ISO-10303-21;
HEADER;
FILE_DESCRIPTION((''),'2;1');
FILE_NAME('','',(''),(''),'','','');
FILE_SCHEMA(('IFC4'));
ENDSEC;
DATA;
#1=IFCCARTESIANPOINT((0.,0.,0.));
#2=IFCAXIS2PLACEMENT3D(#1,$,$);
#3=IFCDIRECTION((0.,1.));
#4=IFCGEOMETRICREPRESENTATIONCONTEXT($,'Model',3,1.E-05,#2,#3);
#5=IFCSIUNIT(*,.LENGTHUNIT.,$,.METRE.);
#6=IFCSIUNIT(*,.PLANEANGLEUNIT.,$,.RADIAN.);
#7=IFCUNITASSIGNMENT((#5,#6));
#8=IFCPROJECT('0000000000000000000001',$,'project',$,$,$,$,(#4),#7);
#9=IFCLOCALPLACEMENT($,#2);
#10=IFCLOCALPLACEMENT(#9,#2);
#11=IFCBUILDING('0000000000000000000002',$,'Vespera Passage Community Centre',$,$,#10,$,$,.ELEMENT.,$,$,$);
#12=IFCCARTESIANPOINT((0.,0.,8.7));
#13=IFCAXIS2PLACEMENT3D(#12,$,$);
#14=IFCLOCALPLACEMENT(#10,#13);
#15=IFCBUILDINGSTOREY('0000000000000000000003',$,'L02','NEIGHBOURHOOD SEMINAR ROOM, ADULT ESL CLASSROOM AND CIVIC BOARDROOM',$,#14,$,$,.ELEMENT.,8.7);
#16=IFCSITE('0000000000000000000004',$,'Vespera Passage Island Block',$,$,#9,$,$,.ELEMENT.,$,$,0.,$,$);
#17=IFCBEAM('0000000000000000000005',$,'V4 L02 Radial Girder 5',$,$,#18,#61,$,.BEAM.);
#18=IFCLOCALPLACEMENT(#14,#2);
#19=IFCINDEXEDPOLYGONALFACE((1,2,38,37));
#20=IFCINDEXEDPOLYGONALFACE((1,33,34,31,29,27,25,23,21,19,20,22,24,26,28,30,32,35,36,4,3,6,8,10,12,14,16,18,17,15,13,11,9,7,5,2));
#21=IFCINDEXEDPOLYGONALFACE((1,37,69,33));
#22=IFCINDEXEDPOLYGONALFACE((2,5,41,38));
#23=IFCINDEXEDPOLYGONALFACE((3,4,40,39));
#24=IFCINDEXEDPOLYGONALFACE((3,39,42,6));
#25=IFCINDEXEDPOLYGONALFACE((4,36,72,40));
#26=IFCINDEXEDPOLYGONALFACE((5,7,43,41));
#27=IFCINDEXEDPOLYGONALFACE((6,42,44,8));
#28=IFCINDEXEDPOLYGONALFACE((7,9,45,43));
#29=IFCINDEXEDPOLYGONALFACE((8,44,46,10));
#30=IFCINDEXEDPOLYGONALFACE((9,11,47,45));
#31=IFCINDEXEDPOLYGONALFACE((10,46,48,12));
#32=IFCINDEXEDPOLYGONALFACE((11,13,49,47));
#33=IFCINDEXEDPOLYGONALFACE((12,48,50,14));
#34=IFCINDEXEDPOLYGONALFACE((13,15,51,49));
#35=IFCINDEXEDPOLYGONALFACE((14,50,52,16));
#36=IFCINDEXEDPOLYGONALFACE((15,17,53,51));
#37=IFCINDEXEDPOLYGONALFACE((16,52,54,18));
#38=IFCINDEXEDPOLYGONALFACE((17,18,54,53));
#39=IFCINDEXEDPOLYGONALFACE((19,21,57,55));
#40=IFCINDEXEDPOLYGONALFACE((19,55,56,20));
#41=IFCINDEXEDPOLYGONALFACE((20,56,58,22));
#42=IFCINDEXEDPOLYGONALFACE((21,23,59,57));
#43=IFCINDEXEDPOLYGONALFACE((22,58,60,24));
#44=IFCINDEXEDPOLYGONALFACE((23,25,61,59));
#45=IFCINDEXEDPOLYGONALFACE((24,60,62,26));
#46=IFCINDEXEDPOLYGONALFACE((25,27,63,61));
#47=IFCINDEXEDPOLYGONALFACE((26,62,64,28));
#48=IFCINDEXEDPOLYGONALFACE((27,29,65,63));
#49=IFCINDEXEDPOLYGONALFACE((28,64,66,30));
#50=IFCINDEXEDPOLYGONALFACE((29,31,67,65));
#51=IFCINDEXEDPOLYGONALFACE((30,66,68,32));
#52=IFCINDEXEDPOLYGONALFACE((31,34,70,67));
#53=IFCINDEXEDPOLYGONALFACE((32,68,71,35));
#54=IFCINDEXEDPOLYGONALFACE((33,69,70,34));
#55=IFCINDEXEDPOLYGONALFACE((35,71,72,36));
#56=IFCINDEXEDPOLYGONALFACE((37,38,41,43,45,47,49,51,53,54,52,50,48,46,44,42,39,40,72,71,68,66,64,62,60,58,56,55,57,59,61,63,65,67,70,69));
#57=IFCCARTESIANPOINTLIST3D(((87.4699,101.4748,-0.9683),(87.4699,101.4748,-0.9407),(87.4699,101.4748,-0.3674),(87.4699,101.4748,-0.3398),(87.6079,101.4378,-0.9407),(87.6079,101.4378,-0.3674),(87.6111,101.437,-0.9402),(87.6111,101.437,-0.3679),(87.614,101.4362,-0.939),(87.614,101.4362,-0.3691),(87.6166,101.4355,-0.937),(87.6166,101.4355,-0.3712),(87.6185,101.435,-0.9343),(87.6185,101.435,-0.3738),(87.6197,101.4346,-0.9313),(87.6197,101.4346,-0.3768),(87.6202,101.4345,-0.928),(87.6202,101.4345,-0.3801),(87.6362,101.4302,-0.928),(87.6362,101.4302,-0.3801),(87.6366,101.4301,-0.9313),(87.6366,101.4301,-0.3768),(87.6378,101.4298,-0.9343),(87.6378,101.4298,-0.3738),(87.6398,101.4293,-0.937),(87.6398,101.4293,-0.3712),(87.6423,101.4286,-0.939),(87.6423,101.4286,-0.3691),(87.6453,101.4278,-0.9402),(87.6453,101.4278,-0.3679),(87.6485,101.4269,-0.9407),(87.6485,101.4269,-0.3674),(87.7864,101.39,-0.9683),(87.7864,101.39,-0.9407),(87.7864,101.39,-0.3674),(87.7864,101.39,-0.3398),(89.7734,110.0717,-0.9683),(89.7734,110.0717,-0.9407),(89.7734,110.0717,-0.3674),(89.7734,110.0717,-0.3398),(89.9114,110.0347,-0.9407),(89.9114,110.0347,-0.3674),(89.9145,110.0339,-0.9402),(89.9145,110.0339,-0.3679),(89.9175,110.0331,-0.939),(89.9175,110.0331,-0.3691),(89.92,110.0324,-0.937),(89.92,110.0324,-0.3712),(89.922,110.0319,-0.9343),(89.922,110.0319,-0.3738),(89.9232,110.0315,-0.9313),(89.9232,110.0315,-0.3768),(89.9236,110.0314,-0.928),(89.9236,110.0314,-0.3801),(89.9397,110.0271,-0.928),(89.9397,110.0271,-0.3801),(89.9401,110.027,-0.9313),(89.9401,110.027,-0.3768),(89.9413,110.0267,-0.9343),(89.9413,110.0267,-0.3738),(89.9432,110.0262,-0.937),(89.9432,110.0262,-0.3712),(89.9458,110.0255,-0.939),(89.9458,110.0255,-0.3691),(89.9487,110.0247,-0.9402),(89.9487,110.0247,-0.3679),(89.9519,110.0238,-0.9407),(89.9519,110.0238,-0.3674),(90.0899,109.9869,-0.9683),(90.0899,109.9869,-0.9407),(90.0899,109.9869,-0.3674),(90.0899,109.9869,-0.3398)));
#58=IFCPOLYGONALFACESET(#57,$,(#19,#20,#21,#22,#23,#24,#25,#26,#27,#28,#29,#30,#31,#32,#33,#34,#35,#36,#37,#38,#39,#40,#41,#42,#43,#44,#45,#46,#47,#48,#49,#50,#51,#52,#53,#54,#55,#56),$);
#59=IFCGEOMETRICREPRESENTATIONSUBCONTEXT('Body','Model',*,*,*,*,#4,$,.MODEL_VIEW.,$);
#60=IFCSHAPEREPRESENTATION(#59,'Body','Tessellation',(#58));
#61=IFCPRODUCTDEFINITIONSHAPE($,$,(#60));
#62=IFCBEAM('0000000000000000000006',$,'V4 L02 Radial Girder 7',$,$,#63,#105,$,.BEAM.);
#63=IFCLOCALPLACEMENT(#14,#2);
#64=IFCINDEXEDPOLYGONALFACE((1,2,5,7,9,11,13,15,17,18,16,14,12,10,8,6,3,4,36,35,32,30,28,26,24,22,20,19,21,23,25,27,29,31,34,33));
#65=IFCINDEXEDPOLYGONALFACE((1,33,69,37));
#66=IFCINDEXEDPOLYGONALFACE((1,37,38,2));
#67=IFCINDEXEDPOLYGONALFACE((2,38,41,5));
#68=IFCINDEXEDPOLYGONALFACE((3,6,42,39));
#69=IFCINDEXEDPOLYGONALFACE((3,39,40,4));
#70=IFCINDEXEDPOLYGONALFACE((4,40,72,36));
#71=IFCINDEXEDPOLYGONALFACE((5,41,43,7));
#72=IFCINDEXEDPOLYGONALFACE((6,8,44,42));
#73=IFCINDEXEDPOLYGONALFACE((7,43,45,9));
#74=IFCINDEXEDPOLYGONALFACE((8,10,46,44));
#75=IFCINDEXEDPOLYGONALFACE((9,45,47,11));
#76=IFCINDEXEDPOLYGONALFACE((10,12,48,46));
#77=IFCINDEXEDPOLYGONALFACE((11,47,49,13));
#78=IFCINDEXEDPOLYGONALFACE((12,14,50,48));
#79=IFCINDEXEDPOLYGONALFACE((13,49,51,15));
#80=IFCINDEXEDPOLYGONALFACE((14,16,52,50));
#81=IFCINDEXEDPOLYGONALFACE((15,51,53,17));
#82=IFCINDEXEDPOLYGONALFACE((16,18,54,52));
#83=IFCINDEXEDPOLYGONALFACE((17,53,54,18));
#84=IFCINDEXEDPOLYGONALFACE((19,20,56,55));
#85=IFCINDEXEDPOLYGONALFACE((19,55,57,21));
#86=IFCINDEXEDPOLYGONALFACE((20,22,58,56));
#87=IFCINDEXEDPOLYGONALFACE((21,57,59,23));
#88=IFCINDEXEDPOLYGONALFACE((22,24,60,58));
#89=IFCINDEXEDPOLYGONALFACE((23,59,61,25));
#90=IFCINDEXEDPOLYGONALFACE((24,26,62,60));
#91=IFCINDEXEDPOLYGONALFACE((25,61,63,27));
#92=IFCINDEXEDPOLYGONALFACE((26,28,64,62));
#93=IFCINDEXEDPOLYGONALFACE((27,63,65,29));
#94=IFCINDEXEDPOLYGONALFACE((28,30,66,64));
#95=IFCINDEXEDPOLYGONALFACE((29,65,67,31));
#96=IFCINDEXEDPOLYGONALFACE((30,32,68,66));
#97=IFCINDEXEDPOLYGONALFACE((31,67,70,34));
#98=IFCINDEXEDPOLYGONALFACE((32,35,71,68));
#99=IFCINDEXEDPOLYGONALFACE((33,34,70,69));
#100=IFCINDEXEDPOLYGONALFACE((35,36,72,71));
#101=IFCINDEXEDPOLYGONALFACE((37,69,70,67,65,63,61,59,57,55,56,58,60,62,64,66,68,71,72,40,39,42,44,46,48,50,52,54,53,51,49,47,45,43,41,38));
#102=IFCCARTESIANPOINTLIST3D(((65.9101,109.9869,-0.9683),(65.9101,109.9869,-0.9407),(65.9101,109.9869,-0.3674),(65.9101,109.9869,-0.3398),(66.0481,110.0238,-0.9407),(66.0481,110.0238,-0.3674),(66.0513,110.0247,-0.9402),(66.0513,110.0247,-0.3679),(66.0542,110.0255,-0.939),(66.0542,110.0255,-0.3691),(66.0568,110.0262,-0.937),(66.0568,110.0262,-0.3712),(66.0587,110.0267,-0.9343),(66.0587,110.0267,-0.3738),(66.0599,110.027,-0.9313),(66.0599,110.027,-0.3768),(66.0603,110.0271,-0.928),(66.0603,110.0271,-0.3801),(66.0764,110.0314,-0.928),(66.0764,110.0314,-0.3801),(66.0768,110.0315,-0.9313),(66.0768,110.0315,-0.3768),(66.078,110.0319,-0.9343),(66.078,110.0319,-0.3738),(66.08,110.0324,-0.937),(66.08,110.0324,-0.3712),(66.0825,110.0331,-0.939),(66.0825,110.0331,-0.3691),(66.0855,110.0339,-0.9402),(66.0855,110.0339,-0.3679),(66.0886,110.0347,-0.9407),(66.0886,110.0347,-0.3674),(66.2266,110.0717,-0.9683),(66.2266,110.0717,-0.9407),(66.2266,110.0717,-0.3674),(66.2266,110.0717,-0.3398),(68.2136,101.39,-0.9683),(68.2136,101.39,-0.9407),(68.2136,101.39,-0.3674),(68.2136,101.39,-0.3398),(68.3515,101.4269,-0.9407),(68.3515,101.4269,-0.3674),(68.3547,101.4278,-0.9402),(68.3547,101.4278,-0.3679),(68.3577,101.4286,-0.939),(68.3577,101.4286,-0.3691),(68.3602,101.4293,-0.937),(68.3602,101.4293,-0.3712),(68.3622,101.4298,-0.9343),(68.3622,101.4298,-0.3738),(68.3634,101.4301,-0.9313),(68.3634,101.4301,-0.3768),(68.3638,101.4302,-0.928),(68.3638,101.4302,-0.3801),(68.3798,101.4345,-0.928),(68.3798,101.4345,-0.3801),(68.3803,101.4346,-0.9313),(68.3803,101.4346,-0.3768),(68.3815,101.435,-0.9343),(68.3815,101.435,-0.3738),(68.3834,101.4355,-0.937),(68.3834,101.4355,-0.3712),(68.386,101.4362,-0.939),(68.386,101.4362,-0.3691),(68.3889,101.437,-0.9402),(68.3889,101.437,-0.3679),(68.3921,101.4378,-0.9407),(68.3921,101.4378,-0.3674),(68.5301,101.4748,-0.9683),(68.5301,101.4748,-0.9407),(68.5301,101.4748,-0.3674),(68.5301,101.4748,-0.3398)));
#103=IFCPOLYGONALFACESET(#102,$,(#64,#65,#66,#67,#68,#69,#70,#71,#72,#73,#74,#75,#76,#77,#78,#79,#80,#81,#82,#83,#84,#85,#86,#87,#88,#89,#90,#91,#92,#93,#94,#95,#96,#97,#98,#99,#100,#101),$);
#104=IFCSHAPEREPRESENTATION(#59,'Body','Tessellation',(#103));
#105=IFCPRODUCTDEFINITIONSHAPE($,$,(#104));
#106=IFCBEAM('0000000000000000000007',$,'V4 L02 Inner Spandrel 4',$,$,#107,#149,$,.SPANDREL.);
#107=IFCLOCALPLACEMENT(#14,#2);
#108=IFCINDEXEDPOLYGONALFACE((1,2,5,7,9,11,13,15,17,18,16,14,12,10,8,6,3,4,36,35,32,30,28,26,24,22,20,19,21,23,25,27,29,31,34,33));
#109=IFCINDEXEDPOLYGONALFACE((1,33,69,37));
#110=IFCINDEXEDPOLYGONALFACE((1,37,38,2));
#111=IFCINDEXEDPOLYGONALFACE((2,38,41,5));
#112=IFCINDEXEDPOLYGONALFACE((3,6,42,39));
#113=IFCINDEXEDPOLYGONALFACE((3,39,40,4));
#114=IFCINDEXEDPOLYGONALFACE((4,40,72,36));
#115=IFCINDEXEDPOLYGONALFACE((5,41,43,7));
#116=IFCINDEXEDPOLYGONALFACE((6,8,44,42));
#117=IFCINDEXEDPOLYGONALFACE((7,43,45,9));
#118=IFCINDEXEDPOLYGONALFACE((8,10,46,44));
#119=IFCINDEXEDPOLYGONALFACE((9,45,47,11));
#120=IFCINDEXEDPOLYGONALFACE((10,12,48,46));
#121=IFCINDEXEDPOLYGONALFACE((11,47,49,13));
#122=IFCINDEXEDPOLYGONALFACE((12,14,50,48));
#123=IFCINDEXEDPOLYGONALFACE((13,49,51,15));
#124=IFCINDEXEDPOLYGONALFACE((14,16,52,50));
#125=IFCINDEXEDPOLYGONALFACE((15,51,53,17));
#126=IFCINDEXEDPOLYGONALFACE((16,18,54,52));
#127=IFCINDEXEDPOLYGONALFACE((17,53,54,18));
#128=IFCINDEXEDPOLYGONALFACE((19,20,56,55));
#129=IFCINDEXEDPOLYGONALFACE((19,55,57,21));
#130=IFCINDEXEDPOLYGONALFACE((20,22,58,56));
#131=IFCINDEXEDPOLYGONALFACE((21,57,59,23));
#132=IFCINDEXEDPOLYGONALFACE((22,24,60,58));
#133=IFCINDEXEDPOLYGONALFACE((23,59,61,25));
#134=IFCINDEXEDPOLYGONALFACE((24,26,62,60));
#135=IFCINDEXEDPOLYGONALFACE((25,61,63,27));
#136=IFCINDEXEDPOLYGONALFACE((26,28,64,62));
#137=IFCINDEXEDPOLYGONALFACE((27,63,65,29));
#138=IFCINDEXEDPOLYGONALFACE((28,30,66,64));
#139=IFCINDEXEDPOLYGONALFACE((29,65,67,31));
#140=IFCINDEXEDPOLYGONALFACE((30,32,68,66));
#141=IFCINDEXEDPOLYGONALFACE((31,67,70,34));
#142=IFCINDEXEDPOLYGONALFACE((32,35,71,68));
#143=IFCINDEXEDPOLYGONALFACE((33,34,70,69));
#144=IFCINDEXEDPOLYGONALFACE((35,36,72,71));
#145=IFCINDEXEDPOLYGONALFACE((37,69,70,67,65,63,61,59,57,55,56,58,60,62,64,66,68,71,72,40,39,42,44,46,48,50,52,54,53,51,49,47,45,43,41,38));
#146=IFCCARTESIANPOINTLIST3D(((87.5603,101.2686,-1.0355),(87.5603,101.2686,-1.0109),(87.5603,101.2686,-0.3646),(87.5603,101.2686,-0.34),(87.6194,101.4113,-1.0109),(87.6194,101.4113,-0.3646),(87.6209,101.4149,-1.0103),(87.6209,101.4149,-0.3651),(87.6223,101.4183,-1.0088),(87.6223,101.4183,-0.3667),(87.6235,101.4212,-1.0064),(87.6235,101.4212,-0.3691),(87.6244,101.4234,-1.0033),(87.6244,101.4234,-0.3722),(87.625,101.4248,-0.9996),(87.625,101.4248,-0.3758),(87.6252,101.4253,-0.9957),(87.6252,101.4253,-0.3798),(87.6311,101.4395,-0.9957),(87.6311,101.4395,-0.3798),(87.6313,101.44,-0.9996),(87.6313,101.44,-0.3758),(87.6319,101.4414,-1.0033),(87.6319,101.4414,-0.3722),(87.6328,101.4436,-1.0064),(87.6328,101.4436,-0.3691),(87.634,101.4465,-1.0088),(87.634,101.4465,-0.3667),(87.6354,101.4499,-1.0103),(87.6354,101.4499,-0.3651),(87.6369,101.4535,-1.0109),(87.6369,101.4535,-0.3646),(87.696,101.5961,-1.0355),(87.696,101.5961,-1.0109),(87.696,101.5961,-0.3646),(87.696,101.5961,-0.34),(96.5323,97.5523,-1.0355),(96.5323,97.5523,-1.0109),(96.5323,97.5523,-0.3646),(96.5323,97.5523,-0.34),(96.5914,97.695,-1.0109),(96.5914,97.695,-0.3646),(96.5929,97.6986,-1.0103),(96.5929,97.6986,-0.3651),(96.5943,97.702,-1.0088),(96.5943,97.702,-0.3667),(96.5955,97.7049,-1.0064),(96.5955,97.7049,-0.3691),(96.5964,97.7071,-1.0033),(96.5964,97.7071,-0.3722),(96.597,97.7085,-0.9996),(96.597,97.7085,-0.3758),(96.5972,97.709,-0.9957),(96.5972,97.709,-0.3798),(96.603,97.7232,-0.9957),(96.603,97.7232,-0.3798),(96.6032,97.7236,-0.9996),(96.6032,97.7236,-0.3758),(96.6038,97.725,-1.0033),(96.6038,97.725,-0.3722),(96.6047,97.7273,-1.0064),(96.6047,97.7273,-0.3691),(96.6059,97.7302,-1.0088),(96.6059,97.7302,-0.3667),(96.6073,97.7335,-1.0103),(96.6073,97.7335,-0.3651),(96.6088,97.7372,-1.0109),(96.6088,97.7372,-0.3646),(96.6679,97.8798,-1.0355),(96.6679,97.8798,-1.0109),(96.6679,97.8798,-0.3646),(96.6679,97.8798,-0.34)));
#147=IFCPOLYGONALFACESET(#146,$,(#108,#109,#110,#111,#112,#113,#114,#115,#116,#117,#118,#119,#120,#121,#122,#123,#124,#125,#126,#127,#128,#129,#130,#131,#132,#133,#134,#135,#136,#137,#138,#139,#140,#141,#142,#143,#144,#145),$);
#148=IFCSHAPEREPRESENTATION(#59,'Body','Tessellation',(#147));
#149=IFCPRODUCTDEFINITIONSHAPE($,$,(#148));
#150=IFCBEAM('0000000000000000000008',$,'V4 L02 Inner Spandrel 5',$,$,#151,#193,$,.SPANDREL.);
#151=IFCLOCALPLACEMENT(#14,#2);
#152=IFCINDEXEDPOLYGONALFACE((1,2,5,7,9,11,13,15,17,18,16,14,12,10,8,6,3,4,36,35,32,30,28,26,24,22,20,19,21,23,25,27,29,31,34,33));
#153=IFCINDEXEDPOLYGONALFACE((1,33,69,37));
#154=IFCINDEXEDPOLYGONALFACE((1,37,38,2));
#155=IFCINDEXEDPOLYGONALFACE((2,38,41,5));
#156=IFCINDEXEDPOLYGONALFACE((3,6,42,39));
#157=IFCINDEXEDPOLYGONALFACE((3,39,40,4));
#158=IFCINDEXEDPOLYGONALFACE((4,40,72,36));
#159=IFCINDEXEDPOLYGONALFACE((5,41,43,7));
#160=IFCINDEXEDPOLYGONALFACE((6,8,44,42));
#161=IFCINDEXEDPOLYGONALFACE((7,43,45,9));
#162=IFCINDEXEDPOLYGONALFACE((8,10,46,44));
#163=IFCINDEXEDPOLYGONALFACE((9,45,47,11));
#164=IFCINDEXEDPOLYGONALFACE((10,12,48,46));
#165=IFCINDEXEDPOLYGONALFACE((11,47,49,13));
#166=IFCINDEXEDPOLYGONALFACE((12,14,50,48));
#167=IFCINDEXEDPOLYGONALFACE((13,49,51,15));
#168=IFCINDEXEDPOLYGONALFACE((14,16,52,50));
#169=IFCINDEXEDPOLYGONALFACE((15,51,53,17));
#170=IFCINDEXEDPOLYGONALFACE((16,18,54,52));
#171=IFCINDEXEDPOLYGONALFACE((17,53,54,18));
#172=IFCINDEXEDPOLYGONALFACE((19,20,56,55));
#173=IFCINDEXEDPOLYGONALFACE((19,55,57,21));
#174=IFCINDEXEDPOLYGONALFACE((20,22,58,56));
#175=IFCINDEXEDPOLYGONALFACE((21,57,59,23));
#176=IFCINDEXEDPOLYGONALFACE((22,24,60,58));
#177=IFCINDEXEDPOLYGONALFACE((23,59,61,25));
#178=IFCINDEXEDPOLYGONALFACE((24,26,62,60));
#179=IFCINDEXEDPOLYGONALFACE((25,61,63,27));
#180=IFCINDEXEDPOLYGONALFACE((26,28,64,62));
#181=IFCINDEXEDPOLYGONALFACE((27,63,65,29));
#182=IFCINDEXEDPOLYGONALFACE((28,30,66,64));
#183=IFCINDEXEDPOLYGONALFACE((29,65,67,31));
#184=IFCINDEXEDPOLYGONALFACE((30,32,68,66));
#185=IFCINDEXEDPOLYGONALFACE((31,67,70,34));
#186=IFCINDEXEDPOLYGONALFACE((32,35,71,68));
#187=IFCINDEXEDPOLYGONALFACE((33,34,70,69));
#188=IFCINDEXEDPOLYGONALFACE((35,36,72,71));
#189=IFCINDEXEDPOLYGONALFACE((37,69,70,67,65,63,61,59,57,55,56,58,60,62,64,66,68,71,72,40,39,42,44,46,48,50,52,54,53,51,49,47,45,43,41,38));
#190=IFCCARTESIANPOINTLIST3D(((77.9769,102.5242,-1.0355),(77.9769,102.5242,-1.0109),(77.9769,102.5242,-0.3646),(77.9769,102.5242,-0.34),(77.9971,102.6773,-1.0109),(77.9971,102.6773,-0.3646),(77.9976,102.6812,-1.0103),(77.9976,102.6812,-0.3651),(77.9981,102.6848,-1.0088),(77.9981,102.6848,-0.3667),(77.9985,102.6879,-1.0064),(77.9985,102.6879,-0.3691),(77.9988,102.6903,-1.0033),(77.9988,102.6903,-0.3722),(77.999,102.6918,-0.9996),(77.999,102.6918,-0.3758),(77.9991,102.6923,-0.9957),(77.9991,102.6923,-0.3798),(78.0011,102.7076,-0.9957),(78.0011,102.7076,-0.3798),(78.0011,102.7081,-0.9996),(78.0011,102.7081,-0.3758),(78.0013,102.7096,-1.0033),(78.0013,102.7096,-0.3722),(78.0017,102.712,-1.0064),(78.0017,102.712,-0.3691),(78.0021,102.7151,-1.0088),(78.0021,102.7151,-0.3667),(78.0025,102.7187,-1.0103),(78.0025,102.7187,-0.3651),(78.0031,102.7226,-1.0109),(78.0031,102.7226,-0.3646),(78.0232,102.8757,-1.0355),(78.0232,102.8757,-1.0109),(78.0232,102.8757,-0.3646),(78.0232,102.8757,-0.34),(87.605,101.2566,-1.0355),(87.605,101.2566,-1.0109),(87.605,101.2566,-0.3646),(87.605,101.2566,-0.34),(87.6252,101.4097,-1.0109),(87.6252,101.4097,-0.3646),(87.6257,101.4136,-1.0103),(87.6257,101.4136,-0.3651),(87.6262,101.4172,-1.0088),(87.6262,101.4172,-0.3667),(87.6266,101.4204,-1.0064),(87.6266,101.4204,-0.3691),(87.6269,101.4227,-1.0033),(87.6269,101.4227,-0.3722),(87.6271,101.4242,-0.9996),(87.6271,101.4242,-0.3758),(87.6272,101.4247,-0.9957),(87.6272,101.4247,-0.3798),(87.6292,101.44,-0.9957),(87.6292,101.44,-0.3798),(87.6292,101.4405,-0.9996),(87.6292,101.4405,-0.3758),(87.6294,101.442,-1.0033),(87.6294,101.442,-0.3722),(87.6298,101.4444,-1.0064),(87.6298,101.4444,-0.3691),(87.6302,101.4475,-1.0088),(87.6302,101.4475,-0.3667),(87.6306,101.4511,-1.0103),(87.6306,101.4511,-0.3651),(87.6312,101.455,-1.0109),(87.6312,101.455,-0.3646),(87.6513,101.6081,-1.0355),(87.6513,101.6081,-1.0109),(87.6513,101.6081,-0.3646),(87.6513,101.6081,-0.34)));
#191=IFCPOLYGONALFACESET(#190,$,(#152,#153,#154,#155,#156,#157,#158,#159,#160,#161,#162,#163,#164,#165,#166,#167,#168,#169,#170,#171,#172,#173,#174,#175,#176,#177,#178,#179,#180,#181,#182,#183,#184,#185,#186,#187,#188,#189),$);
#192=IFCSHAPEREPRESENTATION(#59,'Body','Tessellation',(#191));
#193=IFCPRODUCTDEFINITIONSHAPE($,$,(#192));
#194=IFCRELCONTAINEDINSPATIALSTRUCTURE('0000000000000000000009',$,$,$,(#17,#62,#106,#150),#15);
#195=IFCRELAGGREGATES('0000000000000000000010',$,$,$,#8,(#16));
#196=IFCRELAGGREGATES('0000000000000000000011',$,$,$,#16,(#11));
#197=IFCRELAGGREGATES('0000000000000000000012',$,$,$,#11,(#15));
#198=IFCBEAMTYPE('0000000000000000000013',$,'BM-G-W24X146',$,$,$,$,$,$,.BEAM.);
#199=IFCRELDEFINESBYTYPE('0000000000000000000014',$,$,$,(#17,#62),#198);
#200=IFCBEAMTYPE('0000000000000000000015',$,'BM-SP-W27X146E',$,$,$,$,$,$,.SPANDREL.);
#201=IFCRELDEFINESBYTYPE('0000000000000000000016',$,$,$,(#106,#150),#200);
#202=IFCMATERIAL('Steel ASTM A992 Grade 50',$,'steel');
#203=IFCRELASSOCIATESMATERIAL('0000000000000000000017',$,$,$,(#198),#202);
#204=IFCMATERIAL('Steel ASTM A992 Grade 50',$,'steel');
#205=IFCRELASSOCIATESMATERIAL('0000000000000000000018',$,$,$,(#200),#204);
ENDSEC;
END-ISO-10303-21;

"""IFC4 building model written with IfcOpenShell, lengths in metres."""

from ifc_helpers import new_model, si_unit, direction, frame, origin, origin_2d, place, context, subcontext, project, spatial, i_section, extrude, material, material_profile, profile_set, type_object, element, save


model = new_model("IFC4")

# Units and contexts
model_context = context("Model", 3, precision=1e-05, world=origin(), true_north=direction((0.0, 1.0)))
body_context = subcontext(model_context, "Body", "Model", "MODEL_VIEW")
ifc_project = project(units=[si_unit("LENGTHUNIT", "METRE"), si_unit("PLANEANGLEUNIT", "RADIAN")], contexts=[model_context])

# Site, building, storey
site_placement = place(None, origin())
site = spatial("IfcSite", under=ifc_project, at=site_placement, Name="Vespera Passage Island Block", CompositionType="ELEMENT", RefElevation=0.0)
building_placement = place(site_placement, origin())
building = spatial("IfcBuilding", under=site, at=building_placement, Name="Vespera Passage Community Centre", CompositionType="ELEMENT")
storey_placement = place(building_placement, frame((0.0, 0.0, 8.7)))
storey = spatial("IfcBuildingStorey", under=building, at=storey_placement, Name="L02", Description="NEIGHBOURHOOD SEMINAR ROOM, ADULT ESL CLASSROOM AND CIVIC BOARDROOM", CompositionType="ELEMENT", Elevation=8.7)

# Beams
ifc_material_1 = material(Name="Steel ASTM A992 Grade 50", Category="steel")
ifc_material_profile_1 = material_profile(ifc_material_1, i_section(OverallWidth=0.3276, OverallDepth=0.6284, WebThickness=0.0166, FlangeThickness=0.0276, FilletRadius=0.0127, at=origin_2d()), Name="W24X146")
ifc_profile_set_1 = profile_set([ifc_material_profile_1], Name="Steel ASTM A992 Grade 50")
beam_type_1 = type_object("IfcBeamType", Name="BM-G-W24X146", PredefinedType="BEAM", material=ifc_profile_set_1)
for number, where, z_axis, x_axis, name in (
    (1, (87.6282, 101.4324, -0.6541), (0.258811, 0.965928, 0.0), (-0.965928, 0.258811, 0.0), "V4 L02 Radial Girder 5"),
    (2, (68.3718, 101.4324, -0.6541), (-0.258811, 0.965928, 0.0), (-0.965928, -0.258811, 0.0), "V4 L02 Radial Girder 7"),
):
    element("IfcBeam", number, at=place(storey_placement, frame(where, z_axis=z_axis, x_axis=x_axis)), inside=storey, type_object=beam_type_1, Name=name, PredefinedType="BEAM", context=body_context, shape_type="SweptSolid", body=[
        extrude(i_section(OverallWidth=0.3276, OverallDepth=0.6284, WebThickness=0.0166, FlangeThickness=0.0276, FilletRadius=0.0127, at=origin_2d()), origin(), (0.0, 0.0, 1.0), 8.9001),
    ])
ifc_material_2 = material(Name="Steel ASTM A992 Grade 50", Category="steel")
ifc_material_profile_2 = material_profile(ifc_material_2, i_section(OverallWidth=0.3545, OverallDepth=0.6956, WebThickness=0.0154, FlangeThickness=0.0247, FilletRadius=0.0151, at=origin_2d()), Name="W27X146")
ifc_profile_set_2 = profile_set([ifc_material_profile_2], Name="Steel ASTM A992 Grade 50")
beam_type_2 = type_object("IfcBeamType", Name="BM-SP-W27X146E", PredefinedType="SPANDREL", material=ifc_profile_set_2)
for number, where, z_axis, x_axis, name in (
    (3, (96.6001, 97.7161, -0.6877), (-0.923879, 0.382685, 0.0), (-0.382685, -0.923879, 0.0), "V4 L02 Inner Spandrel 4"),
    (4, (87.6282, 101.4324, -0.6877), (-0.991445, 0.130527, 0.0), (-0.130527, -0.991445, 0.0), "V4 L02 Inner Spandrel 5"),
):
    element("IfcBeam", number, at=place(storey_placement, frame(where, z_axis=z_axis, x_axis=x_axis)), inside=storey, type_object=beam_type_2, Name=name, PredefinedType="SPANDREL", context=body_context, shape_type="SweptSolid", body=[
        extrude(i_section(OverallWidth=0.3545, OverallDepth=0.6956, WebThickness=0.0154, FlangeThickness=0.0247, FilletRadius=0.0151, at=origin_2d()), origin(), (0.0, 0.0, 1.0), 9.7112),
    ])

save(model, "model.ifc")
